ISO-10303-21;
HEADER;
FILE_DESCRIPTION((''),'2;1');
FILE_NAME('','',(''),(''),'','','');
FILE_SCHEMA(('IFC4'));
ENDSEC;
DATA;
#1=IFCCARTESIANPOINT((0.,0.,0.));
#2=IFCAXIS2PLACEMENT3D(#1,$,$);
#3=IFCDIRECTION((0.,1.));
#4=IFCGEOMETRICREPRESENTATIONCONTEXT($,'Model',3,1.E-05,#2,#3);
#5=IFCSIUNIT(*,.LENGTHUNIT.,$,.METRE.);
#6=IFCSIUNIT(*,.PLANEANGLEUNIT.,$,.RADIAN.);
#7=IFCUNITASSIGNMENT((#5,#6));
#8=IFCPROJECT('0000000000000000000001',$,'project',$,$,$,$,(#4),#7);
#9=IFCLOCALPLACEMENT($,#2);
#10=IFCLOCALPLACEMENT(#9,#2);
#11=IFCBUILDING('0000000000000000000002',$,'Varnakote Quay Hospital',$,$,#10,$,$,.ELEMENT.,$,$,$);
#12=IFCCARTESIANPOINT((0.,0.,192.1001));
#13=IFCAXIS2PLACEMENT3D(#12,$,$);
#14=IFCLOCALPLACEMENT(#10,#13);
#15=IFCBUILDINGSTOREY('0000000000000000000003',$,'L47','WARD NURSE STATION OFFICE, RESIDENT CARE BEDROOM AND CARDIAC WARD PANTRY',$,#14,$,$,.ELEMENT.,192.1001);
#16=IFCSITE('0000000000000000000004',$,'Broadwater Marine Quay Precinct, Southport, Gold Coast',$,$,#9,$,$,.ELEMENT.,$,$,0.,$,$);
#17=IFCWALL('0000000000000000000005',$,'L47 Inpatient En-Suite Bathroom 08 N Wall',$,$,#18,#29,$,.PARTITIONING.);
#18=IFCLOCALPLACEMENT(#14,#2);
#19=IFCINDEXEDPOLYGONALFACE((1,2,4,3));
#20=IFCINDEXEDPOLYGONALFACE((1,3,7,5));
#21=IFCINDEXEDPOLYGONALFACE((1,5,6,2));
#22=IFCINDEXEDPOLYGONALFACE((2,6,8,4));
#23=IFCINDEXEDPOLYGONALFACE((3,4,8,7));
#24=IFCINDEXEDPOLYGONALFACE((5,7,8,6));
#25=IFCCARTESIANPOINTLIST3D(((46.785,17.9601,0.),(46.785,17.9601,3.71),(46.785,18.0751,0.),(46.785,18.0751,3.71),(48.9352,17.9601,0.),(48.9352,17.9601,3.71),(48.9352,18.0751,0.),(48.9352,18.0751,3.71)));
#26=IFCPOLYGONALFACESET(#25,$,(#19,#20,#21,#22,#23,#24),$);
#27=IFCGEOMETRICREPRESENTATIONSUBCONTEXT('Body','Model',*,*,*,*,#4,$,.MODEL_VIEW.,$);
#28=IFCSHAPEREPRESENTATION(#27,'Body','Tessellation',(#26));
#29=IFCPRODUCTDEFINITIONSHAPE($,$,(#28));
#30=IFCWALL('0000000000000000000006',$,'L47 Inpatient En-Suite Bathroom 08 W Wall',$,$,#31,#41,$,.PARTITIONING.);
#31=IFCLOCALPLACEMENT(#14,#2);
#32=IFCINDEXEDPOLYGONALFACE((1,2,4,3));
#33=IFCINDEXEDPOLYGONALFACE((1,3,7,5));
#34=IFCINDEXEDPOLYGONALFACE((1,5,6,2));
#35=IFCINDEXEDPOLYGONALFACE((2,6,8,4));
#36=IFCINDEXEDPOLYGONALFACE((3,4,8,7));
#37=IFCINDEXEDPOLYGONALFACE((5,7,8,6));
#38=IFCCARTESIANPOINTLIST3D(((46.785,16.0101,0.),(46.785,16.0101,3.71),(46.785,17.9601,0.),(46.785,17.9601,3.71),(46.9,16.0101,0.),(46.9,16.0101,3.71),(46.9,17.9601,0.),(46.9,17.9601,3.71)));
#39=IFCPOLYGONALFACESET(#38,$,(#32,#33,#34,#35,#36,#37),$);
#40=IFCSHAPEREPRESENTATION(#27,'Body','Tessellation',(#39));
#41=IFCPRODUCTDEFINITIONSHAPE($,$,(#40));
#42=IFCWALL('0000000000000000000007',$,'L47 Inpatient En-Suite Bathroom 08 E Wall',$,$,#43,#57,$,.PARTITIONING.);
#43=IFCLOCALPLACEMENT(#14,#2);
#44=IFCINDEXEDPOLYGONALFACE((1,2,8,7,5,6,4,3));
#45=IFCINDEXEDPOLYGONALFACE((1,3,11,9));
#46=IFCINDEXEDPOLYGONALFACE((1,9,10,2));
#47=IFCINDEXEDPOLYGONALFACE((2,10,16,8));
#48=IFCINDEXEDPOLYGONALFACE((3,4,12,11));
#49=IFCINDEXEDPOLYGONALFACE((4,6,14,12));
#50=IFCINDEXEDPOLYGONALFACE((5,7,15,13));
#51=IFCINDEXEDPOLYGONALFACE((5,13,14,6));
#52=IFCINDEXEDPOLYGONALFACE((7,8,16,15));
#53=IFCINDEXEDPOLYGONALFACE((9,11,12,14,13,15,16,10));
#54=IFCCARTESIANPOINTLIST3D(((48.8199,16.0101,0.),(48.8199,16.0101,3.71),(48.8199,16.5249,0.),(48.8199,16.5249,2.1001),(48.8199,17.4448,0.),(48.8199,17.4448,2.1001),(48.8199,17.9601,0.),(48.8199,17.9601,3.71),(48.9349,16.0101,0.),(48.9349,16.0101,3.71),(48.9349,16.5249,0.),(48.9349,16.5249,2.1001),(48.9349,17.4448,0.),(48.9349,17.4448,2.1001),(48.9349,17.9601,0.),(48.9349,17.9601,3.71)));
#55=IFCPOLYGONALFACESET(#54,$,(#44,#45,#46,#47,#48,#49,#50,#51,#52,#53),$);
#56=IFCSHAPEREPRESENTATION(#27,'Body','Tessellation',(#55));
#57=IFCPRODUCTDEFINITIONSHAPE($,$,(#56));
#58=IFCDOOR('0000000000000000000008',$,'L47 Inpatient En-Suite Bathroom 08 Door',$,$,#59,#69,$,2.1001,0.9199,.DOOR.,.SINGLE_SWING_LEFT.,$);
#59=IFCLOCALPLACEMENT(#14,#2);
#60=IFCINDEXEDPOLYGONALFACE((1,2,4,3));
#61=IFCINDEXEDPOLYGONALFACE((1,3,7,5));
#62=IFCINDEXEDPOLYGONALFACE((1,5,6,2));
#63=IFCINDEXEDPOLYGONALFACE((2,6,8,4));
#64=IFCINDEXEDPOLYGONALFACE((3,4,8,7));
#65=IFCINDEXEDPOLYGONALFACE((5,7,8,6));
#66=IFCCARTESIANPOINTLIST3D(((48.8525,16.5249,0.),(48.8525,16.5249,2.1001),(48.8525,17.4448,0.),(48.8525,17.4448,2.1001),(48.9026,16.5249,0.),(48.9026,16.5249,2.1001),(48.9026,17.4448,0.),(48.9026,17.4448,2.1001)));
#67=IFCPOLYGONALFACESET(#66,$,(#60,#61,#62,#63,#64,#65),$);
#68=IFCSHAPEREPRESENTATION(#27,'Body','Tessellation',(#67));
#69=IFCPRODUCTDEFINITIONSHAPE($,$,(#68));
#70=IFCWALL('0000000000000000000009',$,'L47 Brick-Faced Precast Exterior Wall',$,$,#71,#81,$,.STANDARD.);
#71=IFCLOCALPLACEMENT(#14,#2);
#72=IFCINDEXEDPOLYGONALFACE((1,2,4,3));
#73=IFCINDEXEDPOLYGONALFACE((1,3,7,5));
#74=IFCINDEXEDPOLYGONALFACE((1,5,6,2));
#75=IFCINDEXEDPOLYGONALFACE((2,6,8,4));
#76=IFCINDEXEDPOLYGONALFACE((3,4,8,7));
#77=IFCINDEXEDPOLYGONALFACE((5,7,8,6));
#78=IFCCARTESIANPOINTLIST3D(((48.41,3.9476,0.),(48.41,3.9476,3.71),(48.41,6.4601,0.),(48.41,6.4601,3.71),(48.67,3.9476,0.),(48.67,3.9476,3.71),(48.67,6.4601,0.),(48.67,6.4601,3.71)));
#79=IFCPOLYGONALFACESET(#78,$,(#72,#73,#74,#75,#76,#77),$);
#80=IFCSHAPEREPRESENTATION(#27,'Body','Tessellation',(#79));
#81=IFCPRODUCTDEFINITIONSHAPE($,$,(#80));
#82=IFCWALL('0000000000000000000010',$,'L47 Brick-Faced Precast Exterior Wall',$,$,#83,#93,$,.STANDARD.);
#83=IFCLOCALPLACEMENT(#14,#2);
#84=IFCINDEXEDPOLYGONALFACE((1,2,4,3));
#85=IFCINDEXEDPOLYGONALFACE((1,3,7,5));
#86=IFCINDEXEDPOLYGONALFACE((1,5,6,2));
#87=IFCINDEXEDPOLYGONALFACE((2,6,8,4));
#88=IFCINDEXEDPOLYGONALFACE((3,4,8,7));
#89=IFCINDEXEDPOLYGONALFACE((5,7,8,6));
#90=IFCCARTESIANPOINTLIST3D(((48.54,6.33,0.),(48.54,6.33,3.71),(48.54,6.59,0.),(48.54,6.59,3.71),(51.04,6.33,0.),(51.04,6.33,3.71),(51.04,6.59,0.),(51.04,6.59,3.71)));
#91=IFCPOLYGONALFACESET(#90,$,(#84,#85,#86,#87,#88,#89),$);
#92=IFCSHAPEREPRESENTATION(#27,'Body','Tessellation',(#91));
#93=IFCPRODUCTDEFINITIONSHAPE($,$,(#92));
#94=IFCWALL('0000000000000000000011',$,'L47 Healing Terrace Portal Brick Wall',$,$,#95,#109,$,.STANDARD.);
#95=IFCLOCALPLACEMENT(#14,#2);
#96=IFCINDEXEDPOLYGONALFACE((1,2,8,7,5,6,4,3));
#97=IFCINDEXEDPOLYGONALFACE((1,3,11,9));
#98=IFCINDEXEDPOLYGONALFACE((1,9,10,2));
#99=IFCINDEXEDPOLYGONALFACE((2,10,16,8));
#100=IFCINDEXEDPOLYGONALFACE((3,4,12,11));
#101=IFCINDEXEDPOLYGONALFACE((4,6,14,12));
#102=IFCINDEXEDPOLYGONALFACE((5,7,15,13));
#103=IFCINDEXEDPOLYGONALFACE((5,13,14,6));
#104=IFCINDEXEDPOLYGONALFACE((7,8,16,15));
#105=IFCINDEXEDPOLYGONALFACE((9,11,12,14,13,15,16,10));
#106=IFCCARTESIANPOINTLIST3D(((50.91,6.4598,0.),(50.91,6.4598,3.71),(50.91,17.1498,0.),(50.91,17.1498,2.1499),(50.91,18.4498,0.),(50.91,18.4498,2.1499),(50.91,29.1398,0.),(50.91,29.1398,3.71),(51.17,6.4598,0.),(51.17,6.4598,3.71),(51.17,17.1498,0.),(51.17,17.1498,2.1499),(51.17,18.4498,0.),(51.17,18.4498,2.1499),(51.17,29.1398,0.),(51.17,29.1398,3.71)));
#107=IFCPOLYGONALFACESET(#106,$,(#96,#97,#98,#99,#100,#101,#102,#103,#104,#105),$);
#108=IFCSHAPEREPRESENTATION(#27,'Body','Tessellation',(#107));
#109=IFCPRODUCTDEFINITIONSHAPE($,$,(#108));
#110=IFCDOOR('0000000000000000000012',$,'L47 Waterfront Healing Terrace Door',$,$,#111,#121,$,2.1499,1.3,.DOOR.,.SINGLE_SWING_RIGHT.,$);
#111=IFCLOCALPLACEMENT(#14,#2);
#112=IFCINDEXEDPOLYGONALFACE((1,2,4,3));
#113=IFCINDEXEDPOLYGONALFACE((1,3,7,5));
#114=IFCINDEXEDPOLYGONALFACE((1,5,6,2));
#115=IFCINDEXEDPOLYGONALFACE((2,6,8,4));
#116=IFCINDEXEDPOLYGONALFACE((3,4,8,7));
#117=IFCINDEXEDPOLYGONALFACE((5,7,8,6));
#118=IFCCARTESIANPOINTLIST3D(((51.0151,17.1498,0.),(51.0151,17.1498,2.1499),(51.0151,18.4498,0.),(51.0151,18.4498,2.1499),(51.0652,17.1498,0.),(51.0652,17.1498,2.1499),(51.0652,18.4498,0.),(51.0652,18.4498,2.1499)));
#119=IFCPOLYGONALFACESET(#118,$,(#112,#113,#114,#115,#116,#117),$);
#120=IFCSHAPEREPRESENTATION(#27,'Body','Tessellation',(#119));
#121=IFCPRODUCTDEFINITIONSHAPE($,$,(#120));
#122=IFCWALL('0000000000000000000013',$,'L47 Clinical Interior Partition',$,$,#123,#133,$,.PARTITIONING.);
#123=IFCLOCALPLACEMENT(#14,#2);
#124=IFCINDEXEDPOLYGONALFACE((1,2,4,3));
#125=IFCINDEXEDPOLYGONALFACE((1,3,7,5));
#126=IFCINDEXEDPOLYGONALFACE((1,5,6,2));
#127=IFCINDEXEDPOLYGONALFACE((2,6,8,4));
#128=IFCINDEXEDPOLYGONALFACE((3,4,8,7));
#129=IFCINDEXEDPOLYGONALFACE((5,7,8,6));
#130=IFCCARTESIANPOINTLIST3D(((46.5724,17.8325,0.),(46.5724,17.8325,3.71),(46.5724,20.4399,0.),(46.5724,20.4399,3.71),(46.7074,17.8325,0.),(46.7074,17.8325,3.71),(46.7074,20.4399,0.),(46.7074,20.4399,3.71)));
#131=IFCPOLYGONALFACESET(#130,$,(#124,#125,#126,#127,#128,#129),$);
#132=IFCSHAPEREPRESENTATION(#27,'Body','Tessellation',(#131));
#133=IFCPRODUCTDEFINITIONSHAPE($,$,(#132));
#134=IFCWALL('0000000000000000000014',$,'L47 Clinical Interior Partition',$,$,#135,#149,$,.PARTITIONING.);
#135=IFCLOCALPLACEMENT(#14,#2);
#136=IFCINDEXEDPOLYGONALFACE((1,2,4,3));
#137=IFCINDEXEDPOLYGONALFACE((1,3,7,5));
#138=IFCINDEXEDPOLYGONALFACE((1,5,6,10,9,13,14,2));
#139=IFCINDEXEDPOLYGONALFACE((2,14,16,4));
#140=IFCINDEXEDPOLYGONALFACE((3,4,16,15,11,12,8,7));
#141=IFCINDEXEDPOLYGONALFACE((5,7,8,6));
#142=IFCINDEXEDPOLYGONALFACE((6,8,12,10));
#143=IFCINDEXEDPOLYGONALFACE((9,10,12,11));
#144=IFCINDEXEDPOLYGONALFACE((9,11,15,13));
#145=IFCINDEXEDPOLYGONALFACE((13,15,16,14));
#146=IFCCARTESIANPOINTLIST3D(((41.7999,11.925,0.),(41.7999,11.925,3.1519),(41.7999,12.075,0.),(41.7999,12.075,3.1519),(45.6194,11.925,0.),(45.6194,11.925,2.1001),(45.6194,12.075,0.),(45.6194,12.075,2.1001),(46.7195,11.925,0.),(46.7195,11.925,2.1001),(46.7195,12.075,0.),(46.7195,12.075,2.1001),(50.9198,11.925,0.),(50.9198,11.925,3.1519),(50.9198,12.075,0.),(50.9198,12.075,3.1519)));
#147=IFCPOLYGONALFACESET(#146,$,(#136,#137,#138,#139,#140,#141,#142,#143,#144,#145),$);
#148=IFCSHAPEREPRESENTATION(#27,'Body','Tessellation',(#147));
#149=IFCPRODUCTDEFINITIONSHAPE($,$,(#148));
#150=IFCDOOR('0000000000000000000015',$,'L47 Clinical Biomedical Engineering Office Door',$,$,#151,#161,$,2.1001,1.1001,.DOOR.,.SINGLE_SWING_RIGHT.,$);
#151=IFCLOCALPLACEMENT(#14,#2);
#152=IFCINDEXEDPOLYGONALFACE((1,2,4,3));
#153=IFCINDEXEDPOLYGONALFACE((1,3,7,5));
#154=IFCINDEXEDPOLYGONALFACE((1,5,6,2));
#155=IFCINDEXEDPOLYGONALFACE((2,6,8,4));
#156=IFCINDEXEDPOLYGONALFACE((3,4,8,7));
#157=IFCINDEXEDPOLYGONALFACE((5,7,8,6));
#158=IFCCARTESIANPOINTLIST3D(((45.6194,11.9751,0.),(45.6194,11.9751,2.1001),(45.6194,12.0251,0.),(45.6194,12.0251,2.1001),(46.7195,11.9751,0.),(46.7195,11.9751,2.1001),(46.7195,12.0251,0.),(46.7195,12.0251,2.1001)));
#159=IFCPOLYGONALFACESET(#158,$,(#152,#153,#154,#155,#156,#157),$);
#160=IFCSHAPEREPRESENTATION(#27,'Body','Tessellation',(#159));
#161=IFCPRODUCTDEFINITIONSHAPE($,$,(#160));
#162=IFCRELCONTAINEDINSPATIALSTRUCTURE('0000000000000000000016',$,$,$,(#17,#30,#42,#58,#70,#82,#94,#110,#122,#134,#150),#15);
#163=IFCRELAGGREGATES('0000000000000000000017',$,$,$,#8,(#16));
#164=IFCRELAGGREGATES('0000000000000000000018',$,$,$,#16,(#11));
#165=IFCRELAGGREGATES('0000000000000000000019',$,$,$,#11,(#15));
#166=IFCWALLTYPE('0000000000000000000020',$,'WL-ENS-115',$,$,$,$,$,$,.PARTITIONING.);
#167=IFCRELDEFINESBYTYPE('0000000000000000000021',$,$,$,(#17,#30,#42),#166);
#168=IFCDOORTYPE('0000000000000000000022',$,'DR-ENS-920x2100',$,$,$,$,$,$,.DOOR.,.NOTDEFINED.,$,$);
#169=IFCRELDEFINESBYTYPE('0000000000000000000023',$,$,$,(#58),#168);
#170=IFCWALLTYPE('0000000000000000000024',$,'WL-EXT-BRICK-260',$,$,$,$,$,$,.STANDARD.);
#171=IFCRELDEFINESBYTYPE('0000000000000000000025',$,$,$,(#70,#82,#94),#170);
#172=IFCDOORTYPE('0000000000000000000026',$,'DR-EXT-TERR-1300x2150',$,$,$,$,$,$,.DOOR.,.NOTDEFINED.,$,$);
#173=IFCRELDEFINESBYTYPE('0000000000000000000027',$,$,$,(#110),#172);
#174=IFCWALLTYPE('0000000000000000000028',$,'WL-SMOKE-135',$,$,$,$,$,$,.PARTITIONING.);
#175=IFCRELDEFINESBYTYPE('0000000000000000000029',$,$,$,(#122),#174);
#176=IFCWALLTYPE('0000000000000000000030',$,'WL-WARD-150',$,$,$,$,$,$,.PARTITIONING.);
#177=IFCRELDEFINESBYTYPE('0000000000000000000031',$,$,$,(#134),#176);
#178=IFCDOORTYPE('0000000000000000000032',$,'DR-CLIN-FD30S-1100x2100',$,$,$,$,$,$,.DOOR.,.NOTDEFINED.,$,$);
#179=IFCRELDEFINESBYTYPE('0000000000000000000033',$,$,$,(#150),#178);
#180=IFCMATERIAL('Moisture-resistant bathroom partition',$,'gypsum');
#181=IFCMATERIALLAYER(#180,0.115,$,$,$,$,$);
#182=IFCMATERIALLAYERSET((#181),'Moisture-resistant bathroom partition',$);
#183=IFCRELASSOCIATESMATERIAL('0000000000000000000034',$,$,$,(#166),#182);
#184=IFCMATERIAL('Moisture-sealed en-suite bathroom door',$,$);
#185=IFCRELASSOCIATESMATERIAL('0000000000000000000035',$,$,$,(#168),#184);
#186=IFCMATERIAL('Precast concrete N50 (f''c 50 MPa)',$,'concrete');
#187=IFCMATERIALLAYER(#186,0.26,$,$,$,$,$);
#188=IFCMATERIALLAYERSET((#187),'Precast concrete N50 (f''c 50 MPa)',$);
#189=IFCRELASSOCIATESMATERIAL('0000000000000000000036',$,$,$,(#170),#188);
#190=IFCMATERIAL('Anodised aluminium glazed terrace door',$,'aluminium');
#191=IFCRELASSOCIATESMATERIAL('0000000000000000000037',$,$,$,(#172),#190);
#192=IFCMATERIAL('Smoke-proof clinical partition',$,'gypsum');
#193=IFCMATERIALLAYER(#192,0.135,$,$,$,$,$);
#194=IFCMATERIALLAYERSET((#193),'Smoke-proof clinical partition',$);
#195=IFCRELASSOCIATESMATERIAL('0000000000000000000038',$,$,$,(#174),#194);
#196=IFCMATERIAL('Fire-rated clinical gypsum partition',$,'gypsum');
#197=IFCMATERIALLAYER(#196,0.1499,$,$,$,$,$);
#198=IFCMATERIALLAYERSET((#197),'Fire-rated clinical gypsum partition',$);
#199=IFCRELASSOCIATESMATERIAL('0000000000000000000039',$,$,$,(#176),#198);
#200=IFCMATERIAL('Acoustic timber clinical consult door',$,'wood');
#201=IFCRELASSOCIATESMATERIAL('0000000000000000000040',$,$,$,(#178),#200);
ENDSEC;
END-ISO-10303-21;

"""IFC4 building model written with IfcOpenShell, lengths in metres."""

from ifc_helpers import new_model, si_unit, direction, frame, frame_2d, origin, place, context, subcontext, project, spatial, rectangle, extrude, material, layer, layer_set, type_object, element, fill, save


model = new_model("IFC4")

# Units and contexts
model_context = context("Model", 3, precision=1e-05, world=origin(), true_north=direction((0.0, 1.0)))
body_context = subcontext(model_context, "Body", "Model", "MODEL_VIEW")
ifc_project = project(units=[si_unit("LENGTHUNIT", "METRE"), si_unit("PLANEANGLEUNIT", "RADIAN")], contexts=[model_context])

# Site, building, storey
site_placement = place(None, origin())
site = spatial("IfcSite", under=ifc_project, at=site_placement, Name="Broadwater Marine Quay Precinct, Southport, Gold Coast", CompositionType="ELEMENT", RefElevation=0.0)
building_placement = place(site_placement, origin())
building = spatial("IfcBuilding", under=site, at=building_placement, Name="Varnakote Quay Hospital", CompositionType="ELEMENT")
storey_placement = place(building_placement, frame((0.0, 0.0, 192.1001)))
storey = spatial("IfcBuildingStorey", under=building, at=storey_placement, Name="L47", Description="WARD NURSE STATION OFFICE, RESIDENT CARE BEDROOM AND CARDIAC WARD PANTRY", CompositionType="ELEMENT", Elevation=192.1001)

# Shared definitions
ifc_material_1 = material(Name="Moisture-resistant bathroom partition", Category="gypsum")
ifc_layer_1 = layer(ifc_material_1, 0.115)
ifc_layer_set_1 = layer_set([ifc_layer_1], Name="Moisture-resistant bathroom partition")
wall_type_1 = type_object("IfcWallType", Name="WL-ENS-115", PredefinedType="PARTITIONING", material=ifc_layer_set_1)
ifc_material_2 = material(Name="Moisture-sealed en-suite bathroom door")
door_type_1 = type_object("IfcDoorType", Name="DR-ENS-920x2100", OperationType="NOTDEFINED", PredefinedType="DOOR", material=ifc_material_2)

# Walls
wall_1_placement = place(storey_placement, frame((46.7849, 18.0176, 0.0), z_axis=(0.0, 0.0, 1.0), x_axis=(1.0, 0.0, 0.0)))
element("IfcWall", 1, at=wall_1_placement, inside=storey, type_object=wall_type_1, Name="L47 Inpatient En-Suite Bathroom 08 N Wall", PredefinedType="PARTITIONING", context=body_context, shape_type="SweptSolid", body=[
    extrude(rectangle(XDim=2.1501, YDim=0.115, at=frame_2d((1.0752, 0.0))), origin(), (0.0, 0.0, 1.0), 3.71),
])
wall_2_placement = place(storey_placement, frame((46.8425, 16.01, 0.0), z_axis=(0.0, 0.0, 1.0), x_axis=(0.0, 1.0, 0.0)))
element("IfcWall", 2, at=wall_2_placement, inside=storey, type_object=wall_type_1, Name="L47 Inpatient En-Suite Bathroom 08 W Wall", PredefinedType="PARTITIONING", context=body_context, shape_type="SweptSolid", body=[
    extrude(rectangle(XDim=1.95, YDim=0.115, at=frame_2d((0.9751, 0.0))), origin(), (0.0, 0.0, 1.0), 3.71),
])

# Wall, opening, door
wall_3_placement = place(storey_placement, frame((48.8774, 16.01, 0.0), z_axis=(0.0, 0.0, 1.0), x_axis=(0.0, 1.0, 0.0)))
wall_3 = element("IfcWall", 3, at=wall_3_placement, inside=storey, type_object=wall_type_1, Name="L47 Inpatient En-Suite Bathroom 08 E Wall", PredefinedType="PARTITIONING", context=body_context, shape_type="SweptSolid", body=[
    extrude(rectangle(XDim=1.95, YDim=0.115, at=frame_2d((0.9751, 0.0))), origin(), (0.0, 0.0, 1.0), 3.71),
])
opening_1_placement = place(wall_3_placement, frame((0.5149, 0.0, 0.0)))
opening_1 = element("IfcOpeningElement", 4, at=opening_1_placement, cuts=wall_3, PredefinedType="OPENING", context=body_context, shape_type="SweptSolid", body=[
    extrude(rectangle(XDim=0.9199, YDim=2.1001, at=frame_2d((0.46, 1.05))), frame((0.0, 0.0674, 0.0), z_axis=(0.0, -1.0, 0.0), x_axis=(1.0, 0.0, 0.0)), (0.0, 0.0, 1.0), 0.135),
])
door_1_placement = place(opening_1_placement, origin())
door_1 = element("IfcDoor", 5, at=door_1_placement, inside=storey, type_object=door_type_1, Name="L47 Inpatient En-Suite Bathroom 08 Door", OperationType="SINGLE_SWING_LEFT", OverallHeight=2.1001, OverallWidth=0.9199, PredefinedType="DOOR", context=body_context, shape_type="SweptSolid", body=[
    extrude(rectangle(XDim=0.9199, YDim=2.1001, at=frame_2d((0.46, 1.05))), frame((0.0, 0.0249, 0.0), z_axis=(0.0, -1.0, 0.0), x_axis=(1.0, 0.0, 0.0)), (0.0, 0.0, 1.0), 0.05),
])
fill(opening_1, door_1)

# Walls
ifc_material_3 = material(Name="Precast concrete N50 (f'c 50 MPa)", Category="concrete")
ifc_layer_2 = layer(ifc_material_3, 0.26)
ifc_layer_set_2 = layer_set([ifc_layer_2], Name="Precast concrete N50 (f'c 50 MPa)")
wall_type_2 = type_object("IfcWallType", Name="WL-EXT-BRICK-260", PredefinedType="STANDARD", material=ifc_layer_set_2)
wall_4_placement = place(storey_placement, frame((48.54, 3.9475, 0.0), z_axis=(0.0, 0.0, 1.0), x_axis=(0.0, 1.0, 0.0)))
element("IfcWall", 6, at=wall_4_placement, inside=storey, type_object=wall_type_2, Name="L47 Brick-Faced Precast Exterior Wall", PredefinedType="STANDARD", context=body_context, shape_type="SweptSolid", body=[
    extrude(rectangle(XDim=2.5125, YDim=0.26, at=frame_2d((1.2563, 0.0))), origin(), (0.0, 0.0, 1.0), 3.71),
])
wall_5_placement = place(storey_placement, frame((48.54, 6.46, 0.0), z_axis=(0.0, 0.0, 1.0), x_axis=(1.0, 0.0, 0.0)))
element("IfcWall", 7, at=wall_5_placement, inside=storey, type_object=wall_type_2, Name="L47 Brick-Faced Precast Exterior Wall", PredefinedType="STANDARD", context=body_context, shape_type="SweptSolid", body=[
    extrude(rectangle(XDim=2.5, YDim=0.26, at=frame_2d((1.25, 0.0))), origin(), (0.0, 0.0, 1.0), 3.71),
])

# Wall, opening, door
wall_6_placement = place(storey_placement, frame((51.04, 6.46, 0.0), z_axis=(0.0, 0.0, 1.0), x_axis=(0.0, 1.0, 0.0)))
wall_6 = element("IfcWall", 8, at=wall_6_placement, inside=storey, type_object=wall_type_2, Name="L47 Healing Terrace Portal Brick Wall", PredefinedType="STANDARD", context=body_context, shape_type="SweptSolid", body=[
    extrude(rectangle(XDim=22.6799, YDim=0.26, at=frame_2d((11.3398, 0.0))), origin(), (0.0, 0.0, 1.0), 3.71),
])
opening_2_placement = place(wall_6_placement, frame((10.6899, 0.0, 0.0)))
opening_2 = element("IfcOpeningElement", 9, at=opening_2_placement, cuts=wall_6, PredefinedType="OPENING", context=body_context, shape_type="SweptSolid", body=[
    extrude(rectangle(XDim=1.3, YDim=2.1499, at=frame_2d((0.6499, 1.075))), frame((0.0, 0.1399, 0.0), z_axis=(0.0, -1.0, 0.0), x_axis=(1.0, 0.0, 0.0)), (0.0, 0.0, 1.0), 0.28),
])
ifc_material_4 = material(Name="Anodised aluminium glazed terrace door", Category="aluminium")
door_type_2 = type_object("IfcDoorType", Name="DR-EXT-TERR-1300x2150", OperationType="NOTDEFINED", PredefinedType="DOOR", material=ifc_material_4)
door_2_placement = place(opening_2_placement, origin())
door_2 = element("IfcDoor", 10, at=door_2_placement, inside=storey, type_object=door_type_2, Name="L47 Waterfront Healing Terrace Door", OperationType="SINGLE_SWING_RIGHT", OverallHeight=2.1499, OverallWidth=1.3, PredefinedType="DOOR", context=body_context, shape_type="SweptSolid", body=[
    extrude(rectangle(XDim=1.3, YDim=2.1499, at=frame_2d((0.6499, 1.075))), frame((0.0, 0.0249, 0.0), z_axis=(0.0, -1.0, 0.0), x_axis=(1.0, 0.0, 0.0)), (0.0, 0.0, 1.0), 0.05),
])
fill(opening_2, door_2)

# Wall
ifc_material_5 = material(Name="Smoke-proof clinical partition", Category="gypsum")
ifc_layer_3 = layer(ifc_material_5, 0.135)
ifc_layer_set_3 = layer_set([ifc_layer_3], Name="Smoke-proof clinical partition")
wall_type_3 = type_object("IfcWallType", Name="WL-SMOKE-135", PredefinedType="PARTITIONING", material=ifc_layer_set_3)
wall_7_placement = place(storey_placement, frame((46.6399, 17.8325, 0.0), z_axis=(0.0, 0.0, 1.0), x_axis=(0.0, 1.0, 0.0)))
element("IfcWall", 11, at=wall_7_placement, inside=storey, type_object=wall_type_3, Name="L47 Clinical Interior Partition", PredefinedType="PARTITIONING", context=body_context, shape_type="SweptSolid", body=[
    extrude(rectangle(XDim=2.6074, YDim=0.135, at=frame_2d((1.3037, 0.0))), origin(), (0.0, 0.0, 1.0), 3.71),
])

# Wall, opening, door
ifc_material_6 = material(Name="Fire-rated clinical gypsum partition", Category="gypsum")
ifc_layer_4 = layer(ifc_material_6, 0.1499)
ifc_layer_set_4 = layer_set([ifc_layer_4], Name="Fire-rated clinical gypsum partition")
wall_type_4 = type_object("IfcWallType", Name="WL-WARD-150", PredefinedType="PARTITIONING", material=ifc_layer_set_4)
wall_8_placement = place(storey_placement, frame((50.9199, 12.0, 0.0), z_axis=(0.0, 0.0, 1.0), x_axis=(-1.0, 0.0, 0.0)))
wall_8 = element("IfcWall", 12, at=wall_8_placement, inside=storey, type_object=wall_type_4, Name="L47 Clinical Interior Partition", PredefinedType="PARTITIONING", context=body_context, shape_type="SweptSolid", body=[
    extrude(rectangle(XDim=9.1199, YDim=0.1499, at=frame_2d((4.5601, 0.0))), origin(), (0.0, 0.0, 1.0), 3.1519),
])
opening_3_placement = place(wall_8_placement, frame((4.2004, 0.0, 0.0)))
opening_3 = element("IfcOpeningElement", 13, at=opening_3_placement, cuts=wall_8, PredefinedType="OPENING", context=body_context, shape_type="SweptSolid", body=[
    extrude(rectangle(XDim=1.1001, YDim=2.1001, at=frame_2d((0.55, 1.05))), frame((0.0, 0.085, 0.0), z_axis=(0.0, -1.0, 0.0), x_axis=(1.0, 0.0, 0.0)), (0.0, 0.0, 1.0), 0.1699),
])
ifc_material_7 = material(Name="Acoustic timber clinical consult door", Category="wood")
door_type_3 = type_object("IfcDoorType", Name="DR-CLIN-FD30S-1100x2100", OperationType="NOTDEFINED", PredefinedType="DOOR", material=ifc_material_7)
door_3_placement = place(opening_3_placement, origin())
door_3 = element("IfcDoor", 14, at=door_3_placement, inside=storey, type_object=door_type_3, Name="L47 Clinical Biomedical Engineering Office Door", OperationType="SINGLE_SWING_RIGHT", OverallHeight=2.1001, OverallWidth=1.1001, PredefinedType="DOOR", context=body_context, shape_type="SweptSolid", body=[
    extrude(rectangle(XDim=1.1001, YDim=2.1001, at=frame_2d((0.55, 1.05))), frame((0.0, 0.0249, 0.0), z_axis=(0.0, -1.0, 0.0), x_axis=(1.0, 0.0, 0.0)), (0.0, 0.0, 1.0), 0.05),
])
fill(opening_3, door_3)

save(model, "model.ifc")
